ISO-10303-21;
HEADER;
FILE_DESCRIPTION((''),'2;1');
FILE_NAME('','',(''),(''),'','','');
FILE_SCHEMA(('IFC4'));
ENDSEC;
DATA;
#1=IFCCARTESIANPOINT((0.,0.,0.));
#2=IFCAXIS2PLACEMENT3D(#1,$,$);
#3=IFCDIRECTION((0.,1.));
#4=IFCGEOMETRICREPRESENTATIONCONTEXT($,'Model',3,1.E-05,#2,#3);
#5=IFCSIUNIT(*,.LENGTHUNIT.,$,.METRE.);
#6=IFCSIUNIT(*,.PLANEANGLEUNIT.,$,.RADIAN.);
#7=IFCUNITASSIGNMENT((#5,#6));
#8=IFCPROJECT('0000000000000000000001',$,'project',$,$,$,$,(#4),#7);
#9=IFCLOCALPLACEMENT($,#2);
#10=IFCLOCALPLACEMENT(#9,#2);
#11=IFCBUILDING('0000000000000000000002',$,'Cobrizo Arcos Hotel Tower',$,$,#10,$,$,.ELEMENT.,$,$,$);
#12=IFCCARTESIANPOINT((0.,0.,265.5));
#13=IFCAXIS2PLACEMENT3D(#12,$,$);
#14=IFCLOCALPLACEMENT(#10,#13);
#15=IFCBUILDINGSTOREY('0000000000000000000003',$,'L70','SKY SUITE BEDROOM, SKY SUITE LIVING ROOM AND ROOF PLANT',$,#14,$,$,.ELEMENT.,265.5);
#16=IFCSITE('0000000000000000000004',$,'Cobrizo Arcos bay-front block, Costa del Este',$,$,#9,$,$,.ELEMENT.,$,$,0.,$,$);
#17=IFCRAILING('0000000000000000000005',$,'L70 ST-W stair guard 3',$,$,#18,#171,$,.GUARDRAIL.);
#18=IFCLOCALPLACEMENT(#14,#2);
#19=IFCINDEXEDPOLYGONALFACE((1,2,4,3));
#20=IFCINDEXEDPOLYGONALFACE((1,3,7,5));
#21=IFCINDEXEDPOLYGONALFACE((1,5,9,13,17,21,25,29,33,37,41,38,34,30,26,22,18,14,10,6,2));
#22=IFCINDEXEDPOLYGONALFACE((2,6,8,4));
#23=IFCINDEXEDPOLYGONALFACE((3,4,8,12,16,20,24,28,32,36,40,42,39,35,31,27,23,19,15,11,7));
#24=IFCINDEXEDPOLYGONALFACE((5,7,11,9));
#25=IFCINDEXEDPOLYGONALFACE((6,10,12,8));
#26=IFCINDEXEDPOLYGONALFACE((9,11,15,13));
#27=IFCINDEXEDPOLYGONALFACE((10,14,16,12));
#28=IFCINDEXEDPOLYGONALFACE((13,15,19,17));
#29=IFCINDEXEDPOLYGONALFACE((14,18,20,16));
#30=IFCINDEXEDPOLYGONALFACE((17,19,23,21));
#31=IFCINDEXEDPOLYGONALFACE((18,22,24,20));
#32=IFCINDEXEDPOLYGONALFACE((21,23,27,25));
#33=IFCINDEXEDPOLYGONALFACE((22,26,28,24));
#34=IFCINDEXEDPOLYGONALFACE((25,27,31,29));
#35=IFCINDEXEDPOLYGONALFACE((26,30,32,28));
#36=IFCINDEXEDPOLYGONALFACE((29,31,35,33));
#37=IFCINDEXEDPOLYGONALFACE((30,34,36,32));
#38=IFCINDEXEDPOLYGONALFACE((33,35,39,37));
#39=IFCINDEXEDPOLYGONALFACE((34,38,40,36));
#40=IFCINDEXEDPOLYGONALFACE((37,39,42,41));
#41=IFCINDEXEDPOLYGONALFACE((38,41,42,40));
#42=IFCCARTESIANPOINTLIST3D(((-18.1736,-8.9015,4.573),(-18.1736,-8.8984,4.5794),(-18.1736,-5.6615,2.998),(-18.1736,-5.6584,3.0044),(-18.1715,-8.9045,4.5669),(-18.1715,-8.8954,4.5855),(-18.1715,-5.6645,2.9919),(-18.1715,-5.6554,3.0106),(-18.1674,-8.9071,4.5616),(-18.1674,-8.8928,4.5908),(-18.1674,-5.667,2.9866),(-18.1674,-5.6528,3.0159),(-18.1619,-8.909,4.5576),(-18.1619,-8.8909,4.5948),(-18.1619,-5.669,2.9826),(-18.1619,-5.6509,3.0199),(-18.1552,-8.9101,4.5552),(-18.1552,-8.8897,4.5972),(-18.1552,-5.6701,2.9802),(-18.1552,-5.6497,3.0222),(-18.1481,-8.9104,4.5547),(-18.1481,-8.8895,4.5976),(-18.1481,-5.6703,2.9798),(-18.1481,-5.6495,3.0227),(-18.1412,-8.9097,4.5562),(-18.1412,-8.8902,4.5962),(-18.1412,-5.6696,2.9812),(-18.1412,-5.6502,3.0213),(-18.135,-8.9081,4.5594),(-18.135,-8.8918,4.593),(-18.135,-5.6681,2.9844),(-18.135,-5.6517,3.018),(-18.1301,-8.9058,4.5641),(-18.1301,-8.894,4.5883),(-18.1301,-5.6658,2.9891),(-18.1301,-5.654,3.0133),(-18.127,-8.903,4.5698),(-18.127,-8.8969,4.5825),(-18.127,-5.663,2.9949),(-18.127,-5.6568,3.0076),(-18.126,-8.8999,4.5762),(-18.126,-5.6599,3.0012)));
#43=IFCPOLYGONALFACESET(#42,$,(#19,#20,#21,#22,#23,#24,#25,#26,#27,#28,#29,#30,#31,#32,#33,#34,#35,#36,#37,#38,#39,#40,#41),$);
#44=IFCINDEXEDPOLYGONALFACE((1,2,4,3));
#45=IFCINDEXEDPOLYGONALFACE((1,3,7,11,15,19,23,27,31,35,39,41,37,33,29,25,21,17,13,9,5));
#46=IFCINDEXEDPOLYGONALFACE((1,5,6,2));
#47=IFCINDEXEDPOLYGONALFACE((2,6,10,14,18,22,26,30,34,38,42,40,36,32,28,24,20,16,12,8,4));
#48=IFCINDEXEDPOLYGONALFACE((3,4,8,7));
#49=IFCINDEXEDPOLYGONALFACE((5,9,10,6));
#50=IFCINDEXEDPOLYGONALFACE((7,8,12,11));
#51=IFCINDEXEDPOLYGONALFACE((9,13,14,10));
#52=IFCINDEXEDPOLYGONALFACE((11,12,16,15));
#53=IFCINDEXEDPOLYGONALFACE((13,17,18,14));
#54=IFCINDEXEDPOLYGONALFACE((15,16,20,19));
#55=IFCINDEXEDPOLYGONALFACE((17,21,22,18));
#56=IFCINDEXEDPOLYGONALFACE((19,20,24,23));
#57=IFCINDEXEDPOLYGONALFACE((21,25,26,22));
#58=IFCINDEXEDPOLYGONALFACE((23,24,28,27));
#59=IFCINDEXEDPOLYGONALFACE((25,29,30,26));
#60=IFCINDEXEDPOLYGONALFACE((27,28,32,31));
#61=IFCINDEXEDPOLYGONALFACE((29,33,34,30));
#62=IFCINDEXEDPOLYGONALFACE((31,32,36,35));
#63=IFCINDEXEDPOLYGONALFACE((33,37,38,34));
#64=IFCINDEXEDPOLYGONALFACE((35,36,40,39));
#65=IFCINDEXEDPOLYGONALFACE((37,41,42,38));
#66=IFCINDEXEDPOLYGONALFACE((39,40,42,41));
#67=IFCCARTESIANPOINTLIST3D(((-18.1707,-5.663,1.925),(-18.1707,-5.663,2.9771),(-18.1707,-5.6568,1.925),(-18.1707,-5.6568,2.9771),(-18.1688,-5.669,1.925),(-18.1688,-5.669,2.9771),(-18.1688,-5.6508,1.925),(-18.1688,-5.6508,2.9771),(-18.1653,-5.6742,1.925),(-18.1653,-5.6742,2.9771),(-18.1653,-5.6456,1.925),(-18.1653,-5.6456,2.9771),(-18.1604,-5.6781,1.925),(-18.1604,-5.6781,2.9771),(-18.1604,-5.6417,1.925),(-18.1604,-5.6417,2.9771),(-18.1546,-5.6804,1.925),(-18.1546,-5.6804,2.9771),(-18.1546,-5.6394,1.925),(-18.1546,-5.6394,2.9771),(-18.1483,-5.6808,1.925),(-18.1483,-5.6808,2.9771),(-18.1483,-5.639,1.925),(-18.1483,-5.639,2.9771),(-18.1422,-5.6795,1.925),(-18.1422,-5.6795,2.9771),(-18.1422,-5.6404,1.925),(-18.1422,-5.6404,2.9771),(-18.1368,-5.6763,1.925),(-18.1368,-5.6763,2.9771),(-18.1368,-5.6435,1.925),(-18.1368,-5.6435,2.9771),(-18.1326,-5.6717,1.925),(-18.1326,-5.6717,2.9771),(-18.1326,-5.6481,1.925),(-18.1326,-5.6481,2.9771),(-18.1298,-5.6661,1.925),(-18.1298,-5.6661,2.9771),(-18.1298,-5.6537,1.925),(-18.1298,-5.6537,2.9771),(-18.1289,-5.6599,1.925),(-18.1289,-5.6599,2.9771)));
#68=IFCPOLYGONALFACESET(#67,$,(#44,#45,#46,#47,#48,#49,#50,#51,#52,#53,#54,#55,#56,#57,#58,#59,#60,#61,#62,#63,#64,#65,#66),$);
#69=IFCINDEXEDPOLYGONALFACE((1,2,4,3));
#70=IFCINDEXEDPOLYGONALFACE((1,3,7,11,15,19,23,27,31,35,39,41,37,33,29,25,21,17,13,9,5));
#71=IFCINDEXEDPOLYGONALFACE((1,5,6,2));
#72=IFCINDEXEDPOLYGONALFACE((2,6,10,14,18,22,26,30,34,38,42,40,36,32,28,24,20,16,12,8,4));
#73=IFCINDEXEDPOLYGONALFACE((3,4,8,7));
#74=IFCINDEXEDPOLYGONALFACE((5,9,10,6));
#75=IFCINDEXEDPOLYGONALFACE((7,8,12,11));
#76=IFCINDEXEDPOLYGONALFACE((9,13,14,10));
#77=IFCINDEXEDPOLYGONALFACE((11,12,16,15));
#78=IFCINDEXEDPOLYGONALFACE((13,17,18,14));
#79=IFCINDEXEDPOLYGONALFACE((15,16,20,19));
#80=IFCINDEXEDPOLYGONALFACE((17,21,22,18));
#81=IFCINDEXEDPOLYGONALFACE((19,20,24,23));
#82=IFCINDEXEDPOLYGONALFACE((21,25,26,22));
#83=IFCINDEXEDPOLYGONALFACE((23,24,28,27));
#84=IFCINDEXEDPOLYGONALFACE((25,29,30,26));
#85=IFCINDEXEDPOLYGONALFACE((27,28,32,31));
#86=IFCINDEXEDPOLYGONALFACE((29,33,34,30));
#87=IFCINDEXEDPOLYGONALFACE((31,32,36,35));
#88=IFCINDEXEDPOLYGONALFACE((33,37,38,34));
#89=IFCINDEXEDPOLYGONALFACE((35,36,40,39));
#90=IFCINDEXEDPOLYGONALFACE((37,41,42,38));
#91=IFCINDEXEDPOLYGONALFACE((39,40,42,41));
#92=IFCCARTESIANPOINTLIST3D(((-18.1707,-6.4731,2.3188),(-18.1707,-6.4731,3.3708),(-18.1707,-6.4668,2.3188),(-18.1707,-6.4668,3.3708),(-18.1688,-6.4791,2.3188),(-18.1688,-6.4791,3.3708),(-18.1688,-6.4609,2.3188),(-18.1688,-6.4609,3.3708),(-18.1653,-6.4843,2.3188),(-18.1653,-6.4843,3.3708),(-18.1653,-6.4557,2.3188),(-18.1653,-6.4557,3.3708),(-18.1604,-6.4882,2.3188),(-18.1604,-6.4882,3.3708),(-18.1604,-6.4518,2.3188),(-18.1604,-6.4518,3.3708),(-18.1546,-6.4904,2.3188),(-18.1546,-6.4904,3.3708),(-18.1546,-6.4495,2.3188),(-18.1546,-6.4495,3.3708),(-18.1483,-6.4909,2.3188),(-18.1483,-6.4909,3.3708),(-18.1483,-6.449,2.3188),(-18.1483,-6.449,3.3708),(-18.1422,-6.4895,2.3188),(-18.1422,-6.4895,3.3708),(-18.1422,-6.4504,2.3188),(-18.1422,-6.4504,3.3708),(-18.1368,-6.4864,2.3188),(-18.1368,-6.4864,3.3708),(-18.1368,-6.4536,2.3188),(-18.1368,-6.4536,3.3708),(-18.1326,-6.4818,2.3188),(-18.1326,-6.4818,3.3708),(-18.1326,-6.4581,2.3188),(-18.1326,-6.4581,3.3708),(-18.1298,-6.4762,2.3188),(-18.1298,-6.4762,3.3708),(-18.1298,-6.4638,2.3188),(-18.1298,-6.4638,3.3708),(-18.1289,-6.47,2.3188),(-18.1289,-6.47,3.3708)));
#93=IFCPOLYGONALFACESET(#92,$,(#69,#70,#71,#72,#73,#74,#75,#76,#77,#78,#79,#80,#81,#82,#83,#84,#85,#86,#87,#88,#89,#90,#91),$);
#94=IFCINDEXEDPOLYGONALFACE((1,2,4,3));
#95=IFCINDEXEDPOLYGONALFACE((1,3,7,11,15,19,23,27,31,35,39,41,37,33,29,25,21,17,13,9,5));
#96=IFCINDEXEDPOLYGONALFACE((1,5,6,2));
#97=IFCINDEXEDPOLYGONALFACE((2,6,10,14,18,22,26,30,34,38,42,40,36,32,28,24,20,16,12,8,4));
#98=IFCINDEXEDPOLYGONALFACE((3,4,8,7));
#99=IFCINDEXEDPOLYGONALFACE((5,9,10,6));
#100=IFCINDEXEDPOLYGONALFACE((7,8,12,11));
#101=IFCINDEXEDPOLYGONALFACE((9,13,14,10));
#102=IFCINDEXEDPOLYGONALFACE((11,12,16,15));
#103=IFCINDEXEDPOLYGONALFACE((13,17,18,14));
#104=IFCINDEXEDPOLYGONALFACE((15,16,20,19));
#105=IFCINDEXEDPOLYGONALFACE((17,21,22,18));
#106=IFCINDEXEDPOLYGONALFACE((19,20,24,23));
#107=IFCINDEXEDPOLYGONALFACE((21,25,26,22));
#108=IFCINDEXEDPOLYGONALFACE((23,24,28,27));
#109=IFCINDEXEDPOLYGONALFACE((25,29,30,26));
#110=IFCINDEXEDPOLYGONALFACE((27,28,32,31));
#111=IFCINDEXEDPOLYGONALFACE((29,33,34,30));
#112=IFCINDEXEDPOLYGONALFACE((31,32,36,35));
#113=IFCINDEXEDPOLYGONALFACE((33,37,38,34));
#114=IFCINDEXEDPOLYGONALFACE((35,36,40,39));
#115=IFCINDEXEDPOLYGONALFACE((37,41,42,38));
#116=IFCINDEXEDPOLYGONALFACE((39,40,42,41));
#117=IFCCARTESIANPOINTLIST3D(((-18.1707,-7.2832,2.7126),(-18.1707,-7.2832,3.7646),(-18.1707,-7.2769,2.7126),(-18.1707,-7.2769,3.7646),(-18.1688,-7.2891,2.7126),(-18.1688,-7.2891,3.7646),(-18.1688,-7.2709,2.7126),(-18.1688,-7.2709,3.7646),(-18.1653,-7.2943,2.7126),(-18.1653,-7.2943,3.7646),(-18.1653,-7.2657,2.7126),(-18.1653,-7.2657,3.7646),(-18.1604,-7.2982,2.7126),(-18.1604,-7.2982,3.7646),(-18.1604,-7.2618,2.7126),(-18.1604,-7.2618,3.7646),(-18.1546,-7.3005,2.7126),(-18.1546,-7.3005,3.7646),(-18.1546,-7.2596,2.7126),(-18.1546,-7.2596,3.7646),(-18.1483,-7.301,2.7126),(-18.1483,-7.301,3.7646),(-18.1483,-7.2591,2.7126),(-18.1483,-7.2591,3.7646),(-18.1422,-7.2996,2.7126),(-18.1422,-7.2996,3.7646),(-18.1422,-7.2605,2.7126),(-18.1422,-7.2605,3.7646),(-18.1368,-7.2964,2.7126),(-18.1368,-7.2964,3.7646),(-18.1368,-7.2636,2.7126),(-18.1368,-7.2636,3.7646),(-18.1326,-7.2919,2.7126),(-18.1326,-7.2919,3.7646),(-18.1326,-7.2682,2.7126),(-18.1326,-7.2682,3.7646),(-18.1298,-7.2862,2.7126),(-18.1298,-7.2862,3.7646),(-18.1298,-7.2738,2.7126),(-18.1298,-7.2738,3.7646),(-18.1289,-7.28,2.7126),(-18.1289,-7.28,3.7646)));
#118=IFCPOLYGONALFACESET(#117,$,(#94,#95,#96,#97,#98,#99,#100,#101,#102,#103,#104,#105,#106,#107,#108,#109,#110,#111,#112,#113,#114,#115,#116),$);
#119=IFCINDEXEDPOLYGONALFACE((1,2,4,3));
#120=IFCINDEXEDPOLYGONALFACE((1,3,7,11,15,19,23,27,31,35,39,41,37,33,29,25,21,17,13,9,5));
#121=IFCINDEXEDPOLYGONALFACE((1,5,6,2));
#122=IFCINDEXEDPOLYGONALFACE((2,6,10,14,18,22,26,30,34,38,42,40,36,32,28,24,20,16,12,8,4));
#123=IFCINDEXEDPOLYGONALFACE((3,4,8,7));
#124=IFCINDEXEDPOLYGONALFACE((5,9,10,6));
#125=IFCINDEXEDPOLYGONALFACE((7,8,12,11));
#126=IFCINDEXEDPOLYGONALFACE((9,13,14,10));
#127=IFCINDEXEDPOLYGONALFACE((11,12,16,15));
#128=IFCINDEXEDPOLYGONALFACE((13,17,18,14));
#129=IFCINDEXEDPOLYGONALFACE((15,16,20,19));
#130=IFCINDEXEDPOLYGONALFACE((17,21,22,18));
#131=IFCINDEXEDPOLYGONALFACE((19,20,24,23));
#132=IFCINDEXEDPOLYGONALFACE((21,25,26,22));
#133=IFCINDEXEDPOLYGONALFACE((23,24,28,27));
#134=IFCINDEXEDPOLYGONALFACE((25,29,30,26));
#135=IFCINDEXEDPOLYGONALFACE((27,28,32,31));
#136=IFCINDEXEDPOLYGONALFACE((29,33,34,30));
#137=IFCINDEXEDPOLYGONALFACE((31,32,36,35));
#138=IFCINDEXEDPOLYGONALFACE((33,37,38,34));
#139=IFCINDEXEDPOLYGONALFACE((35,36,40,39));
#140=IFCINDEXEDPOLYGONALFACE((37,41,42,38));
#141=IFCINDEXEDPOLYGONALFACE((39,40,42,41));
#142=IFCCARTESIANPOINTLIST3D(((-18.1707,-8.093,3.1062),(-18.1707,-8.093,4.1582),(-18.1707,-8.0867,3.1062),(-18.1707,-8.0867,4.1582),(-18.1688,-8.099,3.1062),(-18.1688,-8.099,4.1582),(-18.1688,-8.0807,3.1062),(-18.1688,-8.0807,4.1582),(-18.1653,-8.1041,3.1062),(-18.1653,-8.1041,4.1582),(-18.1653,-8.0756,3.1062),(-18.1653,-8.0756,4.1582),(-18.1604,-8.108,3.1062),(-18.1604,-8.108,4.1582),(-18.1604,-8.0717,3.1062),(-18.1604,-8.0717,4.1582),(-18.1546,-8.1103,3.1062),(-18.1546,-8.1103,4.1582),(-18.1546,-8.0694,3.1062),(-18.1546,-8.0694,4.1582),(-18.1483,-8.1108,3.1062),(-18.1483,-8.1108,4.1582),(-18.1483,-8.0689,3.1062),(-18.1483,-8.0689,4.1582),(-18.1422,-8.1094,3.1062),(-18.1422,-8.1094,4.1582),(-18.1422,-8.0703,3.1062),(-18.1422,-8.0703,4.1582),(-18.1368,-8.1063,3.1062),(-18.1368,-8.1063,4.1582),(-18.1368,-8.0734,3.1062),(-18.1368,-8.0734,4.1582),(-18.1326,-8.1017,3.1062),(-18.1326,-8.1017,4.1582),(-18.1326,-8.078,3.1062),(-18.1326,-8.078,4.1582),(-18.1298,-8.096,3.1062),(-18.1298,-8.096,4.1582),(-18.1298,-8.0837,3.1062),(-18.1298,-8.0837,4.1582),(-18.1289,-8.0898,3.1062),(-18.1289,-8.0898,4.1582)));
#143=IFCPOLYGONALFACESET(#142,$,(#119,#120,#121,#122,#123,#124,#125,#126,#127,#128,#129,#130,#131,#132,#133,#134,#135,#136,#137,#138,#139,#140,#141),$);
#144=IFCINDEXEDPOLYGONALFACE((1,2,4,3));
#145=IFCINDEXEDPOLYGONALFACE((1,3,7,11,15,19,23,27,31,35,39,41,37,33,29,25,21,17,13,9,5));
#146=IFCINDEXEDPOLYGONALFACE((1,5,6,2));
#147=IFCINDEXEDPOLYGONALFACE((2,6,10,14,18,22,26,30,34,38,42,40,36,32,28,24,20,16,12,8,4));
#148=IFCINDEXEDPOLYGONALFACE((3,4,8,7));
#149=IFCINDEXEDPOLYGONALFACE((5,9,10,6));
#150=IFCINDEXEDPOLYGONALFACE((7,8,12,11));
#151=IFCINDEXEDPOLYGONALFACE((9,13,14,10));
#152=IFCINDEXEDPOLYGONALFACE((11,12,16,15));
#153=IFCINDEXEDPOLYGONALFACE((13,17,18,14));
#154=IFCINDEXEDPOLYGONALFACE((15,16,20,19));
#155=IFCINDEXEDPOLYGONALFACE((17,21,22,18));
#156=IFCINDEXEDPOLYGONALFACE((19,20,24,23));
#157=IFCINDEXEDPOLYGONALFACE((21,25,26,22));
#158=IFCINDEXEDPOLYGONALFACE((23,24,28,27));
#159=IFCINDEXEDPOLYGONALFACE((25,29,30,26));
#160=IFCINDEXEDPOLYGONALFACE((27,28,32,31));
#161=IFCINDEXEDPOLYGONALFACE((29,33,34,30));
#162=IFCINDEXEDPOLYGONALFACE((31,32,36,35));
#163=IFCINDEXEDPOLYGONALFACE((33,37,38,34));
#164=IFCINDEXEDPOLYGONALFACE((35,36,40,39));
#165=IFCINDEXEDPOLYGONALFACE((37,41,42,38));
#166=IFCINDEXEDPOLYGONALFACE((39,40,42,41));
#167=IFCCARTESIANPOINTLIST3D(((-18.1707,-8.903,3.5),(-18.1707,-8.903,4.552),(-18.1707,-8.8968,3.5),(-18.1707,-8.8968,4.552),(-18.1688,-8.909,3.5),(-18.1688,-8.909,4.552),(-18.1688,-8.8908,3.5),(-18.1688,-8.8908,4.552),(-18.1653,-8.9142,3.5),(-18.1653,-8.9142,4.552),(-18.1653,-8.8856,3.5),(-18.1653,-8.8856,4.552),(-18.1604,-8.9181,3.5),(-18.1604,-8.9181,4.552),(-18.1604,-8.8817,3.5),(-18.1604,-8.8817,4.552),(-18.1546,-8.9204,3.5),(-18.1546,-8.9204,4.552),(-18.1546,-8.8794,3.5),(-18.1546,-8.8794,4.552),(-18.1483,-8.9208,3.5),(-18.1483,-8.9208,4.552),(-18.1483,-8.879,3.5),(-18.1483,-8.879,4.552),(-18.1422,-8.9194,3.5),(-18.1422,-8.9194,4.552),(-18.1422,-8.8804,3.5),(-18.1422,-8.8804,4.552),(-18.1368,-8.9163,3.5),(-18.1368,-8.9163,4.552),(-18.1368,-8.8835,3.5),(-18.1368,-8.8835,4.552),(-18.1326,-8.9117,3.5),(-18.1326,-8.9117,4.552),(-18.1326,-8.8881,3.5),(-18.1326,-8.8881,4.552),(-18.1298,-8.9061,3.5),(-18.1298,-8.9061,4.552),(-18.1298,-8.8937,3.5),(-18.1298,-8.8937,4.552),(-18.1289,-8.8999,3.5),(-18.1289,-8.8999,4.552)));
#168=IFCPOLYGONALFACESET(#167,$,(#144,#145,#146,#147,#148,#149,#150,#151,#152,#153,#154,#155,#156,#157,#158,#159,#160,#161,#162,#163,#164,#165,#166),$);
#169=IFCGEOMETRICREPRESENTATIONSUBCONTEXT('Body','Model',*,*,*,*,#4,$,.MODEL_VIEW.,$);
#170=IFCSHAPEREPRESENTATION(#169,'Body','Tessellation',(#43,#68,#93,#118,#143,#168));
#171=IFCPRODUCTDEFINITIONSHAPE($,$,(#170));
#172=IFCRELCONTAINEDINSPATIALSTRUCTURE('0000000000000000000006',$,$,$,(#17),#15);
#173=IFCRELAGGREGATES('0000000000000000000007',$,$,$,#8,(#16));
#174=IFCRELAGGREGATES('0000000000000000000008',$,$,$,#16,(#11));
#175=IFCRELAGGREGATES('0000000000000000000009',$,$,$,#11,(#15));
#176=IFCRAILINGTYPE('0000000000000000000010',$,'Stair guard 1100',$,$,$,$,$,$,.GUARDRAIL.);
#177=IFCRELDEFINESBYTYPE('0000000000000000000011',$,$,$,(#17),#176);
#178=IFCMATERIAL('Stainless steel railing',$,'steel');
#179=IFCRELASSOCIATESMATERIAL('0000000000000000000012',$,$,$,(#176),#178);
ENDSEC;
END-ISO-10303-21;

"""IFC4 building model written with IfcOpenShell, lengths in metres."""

from ifc_helpers import new_model, si_unit, direction, frame, origin, origin_2d, place, context, subcontext, project, spatial, circle, extrude, material, type_object, element, save


model = new_model("IFC4")

# Units and contexts
model_context = context("Model", 3, precision=1e-05, world=origin(), true_north=direction((0.0, 1.0)))
body_context = subcontext(model_context, "Body", "Model", "MODEL_VIEW")
ifc_project = project(units=[si_unit("LENGTHUNIT", "METRE"), si_unit("PLANEANGLEUNIT", "RADIAN")], contexts=[model_context])

# Site, building, storey
site_placement = place(None, origin())
site = spatial("IfcSite", under=ifc_project, at=site_placement, Name="Cobrizo Arcos bay-front block, Costa del Este", CompositionType="ELEMENT", RefElevation=0.0)
building_placement = place(site_placement, origin())
building = spatial("IfcBuilding", under=site, at=building_placement, Name="Cobrizo Arcos Hotel Tower", CompositionType="ELEMENT")
storey_placement = place(building_placement, frame((0.0, 0.0, 265.5)))
storey = spatial("IfcBuildingStorey", under=building, at=storey_placement, Name="L70", Description="SKY SUITE BEDROOM, SKY SUITE LIVING ROOM AND ROOF PLANT", CompositionType="ELEMENT", Elevation=265.5)

# Railing
ifc_material_1 = material(Name="Stainless steel railing", Category="steel")
railing_type_1 = type_object("IfcRailingType", Name="Stair guard 1100", PredefinedType="GUARDRAIL", material=ifc_material_1)
railing_1_placement = place(storey_placement, frame((-18.1499, -5.6599, 1.925)))
element("IfcRailing", 1, at=railing_1_placement, inside=storey, type_object=railing_type_1, Name="L70 ST-W stair guard 3", PredefinedType="GUARDRAIL", context=body_context, shape_type="SweptSolid", body=[
    extrude(circle(Radius=0.0239, at=origin_2d()), frame((0.0, 0.0, 1.0762), z_axis=(0.0, -0.899373, 0.437183), x_axis=(1.0, 0.0, 0.0)), (0.0, 0.0, 1.0), 3.6025),
    extrude(circle(Radius=0.021, at=origin_2d()), origin(), (0.0, 0.0, 1.0), 1.052),
    extrude(circle(Radius=0.021, at=origin_2d()), frame((0.0, -0.8101, 0.3938)), (0.0, 0.0, 1.0), 1.052),
    extrude(circle(Radius=0.021, at=origin_2d()), frame((0.0, -1.6201, 0.7876)), (0.0, 0.0, 1.0), 1.052),
    extrude(circle(Radius=0.021, at=origin_2d()), frame((0.0, -2.4299, 1.1812)), (0.0, 0.0, 1.0), 1.052),
    extrude(circle(Radius=0.021, at=origin_2d()), frame((0.0, -3.24, 1.575)), (0.0, 0.0, 1.0), 1.052),
])

save(model, "model.ifc")
